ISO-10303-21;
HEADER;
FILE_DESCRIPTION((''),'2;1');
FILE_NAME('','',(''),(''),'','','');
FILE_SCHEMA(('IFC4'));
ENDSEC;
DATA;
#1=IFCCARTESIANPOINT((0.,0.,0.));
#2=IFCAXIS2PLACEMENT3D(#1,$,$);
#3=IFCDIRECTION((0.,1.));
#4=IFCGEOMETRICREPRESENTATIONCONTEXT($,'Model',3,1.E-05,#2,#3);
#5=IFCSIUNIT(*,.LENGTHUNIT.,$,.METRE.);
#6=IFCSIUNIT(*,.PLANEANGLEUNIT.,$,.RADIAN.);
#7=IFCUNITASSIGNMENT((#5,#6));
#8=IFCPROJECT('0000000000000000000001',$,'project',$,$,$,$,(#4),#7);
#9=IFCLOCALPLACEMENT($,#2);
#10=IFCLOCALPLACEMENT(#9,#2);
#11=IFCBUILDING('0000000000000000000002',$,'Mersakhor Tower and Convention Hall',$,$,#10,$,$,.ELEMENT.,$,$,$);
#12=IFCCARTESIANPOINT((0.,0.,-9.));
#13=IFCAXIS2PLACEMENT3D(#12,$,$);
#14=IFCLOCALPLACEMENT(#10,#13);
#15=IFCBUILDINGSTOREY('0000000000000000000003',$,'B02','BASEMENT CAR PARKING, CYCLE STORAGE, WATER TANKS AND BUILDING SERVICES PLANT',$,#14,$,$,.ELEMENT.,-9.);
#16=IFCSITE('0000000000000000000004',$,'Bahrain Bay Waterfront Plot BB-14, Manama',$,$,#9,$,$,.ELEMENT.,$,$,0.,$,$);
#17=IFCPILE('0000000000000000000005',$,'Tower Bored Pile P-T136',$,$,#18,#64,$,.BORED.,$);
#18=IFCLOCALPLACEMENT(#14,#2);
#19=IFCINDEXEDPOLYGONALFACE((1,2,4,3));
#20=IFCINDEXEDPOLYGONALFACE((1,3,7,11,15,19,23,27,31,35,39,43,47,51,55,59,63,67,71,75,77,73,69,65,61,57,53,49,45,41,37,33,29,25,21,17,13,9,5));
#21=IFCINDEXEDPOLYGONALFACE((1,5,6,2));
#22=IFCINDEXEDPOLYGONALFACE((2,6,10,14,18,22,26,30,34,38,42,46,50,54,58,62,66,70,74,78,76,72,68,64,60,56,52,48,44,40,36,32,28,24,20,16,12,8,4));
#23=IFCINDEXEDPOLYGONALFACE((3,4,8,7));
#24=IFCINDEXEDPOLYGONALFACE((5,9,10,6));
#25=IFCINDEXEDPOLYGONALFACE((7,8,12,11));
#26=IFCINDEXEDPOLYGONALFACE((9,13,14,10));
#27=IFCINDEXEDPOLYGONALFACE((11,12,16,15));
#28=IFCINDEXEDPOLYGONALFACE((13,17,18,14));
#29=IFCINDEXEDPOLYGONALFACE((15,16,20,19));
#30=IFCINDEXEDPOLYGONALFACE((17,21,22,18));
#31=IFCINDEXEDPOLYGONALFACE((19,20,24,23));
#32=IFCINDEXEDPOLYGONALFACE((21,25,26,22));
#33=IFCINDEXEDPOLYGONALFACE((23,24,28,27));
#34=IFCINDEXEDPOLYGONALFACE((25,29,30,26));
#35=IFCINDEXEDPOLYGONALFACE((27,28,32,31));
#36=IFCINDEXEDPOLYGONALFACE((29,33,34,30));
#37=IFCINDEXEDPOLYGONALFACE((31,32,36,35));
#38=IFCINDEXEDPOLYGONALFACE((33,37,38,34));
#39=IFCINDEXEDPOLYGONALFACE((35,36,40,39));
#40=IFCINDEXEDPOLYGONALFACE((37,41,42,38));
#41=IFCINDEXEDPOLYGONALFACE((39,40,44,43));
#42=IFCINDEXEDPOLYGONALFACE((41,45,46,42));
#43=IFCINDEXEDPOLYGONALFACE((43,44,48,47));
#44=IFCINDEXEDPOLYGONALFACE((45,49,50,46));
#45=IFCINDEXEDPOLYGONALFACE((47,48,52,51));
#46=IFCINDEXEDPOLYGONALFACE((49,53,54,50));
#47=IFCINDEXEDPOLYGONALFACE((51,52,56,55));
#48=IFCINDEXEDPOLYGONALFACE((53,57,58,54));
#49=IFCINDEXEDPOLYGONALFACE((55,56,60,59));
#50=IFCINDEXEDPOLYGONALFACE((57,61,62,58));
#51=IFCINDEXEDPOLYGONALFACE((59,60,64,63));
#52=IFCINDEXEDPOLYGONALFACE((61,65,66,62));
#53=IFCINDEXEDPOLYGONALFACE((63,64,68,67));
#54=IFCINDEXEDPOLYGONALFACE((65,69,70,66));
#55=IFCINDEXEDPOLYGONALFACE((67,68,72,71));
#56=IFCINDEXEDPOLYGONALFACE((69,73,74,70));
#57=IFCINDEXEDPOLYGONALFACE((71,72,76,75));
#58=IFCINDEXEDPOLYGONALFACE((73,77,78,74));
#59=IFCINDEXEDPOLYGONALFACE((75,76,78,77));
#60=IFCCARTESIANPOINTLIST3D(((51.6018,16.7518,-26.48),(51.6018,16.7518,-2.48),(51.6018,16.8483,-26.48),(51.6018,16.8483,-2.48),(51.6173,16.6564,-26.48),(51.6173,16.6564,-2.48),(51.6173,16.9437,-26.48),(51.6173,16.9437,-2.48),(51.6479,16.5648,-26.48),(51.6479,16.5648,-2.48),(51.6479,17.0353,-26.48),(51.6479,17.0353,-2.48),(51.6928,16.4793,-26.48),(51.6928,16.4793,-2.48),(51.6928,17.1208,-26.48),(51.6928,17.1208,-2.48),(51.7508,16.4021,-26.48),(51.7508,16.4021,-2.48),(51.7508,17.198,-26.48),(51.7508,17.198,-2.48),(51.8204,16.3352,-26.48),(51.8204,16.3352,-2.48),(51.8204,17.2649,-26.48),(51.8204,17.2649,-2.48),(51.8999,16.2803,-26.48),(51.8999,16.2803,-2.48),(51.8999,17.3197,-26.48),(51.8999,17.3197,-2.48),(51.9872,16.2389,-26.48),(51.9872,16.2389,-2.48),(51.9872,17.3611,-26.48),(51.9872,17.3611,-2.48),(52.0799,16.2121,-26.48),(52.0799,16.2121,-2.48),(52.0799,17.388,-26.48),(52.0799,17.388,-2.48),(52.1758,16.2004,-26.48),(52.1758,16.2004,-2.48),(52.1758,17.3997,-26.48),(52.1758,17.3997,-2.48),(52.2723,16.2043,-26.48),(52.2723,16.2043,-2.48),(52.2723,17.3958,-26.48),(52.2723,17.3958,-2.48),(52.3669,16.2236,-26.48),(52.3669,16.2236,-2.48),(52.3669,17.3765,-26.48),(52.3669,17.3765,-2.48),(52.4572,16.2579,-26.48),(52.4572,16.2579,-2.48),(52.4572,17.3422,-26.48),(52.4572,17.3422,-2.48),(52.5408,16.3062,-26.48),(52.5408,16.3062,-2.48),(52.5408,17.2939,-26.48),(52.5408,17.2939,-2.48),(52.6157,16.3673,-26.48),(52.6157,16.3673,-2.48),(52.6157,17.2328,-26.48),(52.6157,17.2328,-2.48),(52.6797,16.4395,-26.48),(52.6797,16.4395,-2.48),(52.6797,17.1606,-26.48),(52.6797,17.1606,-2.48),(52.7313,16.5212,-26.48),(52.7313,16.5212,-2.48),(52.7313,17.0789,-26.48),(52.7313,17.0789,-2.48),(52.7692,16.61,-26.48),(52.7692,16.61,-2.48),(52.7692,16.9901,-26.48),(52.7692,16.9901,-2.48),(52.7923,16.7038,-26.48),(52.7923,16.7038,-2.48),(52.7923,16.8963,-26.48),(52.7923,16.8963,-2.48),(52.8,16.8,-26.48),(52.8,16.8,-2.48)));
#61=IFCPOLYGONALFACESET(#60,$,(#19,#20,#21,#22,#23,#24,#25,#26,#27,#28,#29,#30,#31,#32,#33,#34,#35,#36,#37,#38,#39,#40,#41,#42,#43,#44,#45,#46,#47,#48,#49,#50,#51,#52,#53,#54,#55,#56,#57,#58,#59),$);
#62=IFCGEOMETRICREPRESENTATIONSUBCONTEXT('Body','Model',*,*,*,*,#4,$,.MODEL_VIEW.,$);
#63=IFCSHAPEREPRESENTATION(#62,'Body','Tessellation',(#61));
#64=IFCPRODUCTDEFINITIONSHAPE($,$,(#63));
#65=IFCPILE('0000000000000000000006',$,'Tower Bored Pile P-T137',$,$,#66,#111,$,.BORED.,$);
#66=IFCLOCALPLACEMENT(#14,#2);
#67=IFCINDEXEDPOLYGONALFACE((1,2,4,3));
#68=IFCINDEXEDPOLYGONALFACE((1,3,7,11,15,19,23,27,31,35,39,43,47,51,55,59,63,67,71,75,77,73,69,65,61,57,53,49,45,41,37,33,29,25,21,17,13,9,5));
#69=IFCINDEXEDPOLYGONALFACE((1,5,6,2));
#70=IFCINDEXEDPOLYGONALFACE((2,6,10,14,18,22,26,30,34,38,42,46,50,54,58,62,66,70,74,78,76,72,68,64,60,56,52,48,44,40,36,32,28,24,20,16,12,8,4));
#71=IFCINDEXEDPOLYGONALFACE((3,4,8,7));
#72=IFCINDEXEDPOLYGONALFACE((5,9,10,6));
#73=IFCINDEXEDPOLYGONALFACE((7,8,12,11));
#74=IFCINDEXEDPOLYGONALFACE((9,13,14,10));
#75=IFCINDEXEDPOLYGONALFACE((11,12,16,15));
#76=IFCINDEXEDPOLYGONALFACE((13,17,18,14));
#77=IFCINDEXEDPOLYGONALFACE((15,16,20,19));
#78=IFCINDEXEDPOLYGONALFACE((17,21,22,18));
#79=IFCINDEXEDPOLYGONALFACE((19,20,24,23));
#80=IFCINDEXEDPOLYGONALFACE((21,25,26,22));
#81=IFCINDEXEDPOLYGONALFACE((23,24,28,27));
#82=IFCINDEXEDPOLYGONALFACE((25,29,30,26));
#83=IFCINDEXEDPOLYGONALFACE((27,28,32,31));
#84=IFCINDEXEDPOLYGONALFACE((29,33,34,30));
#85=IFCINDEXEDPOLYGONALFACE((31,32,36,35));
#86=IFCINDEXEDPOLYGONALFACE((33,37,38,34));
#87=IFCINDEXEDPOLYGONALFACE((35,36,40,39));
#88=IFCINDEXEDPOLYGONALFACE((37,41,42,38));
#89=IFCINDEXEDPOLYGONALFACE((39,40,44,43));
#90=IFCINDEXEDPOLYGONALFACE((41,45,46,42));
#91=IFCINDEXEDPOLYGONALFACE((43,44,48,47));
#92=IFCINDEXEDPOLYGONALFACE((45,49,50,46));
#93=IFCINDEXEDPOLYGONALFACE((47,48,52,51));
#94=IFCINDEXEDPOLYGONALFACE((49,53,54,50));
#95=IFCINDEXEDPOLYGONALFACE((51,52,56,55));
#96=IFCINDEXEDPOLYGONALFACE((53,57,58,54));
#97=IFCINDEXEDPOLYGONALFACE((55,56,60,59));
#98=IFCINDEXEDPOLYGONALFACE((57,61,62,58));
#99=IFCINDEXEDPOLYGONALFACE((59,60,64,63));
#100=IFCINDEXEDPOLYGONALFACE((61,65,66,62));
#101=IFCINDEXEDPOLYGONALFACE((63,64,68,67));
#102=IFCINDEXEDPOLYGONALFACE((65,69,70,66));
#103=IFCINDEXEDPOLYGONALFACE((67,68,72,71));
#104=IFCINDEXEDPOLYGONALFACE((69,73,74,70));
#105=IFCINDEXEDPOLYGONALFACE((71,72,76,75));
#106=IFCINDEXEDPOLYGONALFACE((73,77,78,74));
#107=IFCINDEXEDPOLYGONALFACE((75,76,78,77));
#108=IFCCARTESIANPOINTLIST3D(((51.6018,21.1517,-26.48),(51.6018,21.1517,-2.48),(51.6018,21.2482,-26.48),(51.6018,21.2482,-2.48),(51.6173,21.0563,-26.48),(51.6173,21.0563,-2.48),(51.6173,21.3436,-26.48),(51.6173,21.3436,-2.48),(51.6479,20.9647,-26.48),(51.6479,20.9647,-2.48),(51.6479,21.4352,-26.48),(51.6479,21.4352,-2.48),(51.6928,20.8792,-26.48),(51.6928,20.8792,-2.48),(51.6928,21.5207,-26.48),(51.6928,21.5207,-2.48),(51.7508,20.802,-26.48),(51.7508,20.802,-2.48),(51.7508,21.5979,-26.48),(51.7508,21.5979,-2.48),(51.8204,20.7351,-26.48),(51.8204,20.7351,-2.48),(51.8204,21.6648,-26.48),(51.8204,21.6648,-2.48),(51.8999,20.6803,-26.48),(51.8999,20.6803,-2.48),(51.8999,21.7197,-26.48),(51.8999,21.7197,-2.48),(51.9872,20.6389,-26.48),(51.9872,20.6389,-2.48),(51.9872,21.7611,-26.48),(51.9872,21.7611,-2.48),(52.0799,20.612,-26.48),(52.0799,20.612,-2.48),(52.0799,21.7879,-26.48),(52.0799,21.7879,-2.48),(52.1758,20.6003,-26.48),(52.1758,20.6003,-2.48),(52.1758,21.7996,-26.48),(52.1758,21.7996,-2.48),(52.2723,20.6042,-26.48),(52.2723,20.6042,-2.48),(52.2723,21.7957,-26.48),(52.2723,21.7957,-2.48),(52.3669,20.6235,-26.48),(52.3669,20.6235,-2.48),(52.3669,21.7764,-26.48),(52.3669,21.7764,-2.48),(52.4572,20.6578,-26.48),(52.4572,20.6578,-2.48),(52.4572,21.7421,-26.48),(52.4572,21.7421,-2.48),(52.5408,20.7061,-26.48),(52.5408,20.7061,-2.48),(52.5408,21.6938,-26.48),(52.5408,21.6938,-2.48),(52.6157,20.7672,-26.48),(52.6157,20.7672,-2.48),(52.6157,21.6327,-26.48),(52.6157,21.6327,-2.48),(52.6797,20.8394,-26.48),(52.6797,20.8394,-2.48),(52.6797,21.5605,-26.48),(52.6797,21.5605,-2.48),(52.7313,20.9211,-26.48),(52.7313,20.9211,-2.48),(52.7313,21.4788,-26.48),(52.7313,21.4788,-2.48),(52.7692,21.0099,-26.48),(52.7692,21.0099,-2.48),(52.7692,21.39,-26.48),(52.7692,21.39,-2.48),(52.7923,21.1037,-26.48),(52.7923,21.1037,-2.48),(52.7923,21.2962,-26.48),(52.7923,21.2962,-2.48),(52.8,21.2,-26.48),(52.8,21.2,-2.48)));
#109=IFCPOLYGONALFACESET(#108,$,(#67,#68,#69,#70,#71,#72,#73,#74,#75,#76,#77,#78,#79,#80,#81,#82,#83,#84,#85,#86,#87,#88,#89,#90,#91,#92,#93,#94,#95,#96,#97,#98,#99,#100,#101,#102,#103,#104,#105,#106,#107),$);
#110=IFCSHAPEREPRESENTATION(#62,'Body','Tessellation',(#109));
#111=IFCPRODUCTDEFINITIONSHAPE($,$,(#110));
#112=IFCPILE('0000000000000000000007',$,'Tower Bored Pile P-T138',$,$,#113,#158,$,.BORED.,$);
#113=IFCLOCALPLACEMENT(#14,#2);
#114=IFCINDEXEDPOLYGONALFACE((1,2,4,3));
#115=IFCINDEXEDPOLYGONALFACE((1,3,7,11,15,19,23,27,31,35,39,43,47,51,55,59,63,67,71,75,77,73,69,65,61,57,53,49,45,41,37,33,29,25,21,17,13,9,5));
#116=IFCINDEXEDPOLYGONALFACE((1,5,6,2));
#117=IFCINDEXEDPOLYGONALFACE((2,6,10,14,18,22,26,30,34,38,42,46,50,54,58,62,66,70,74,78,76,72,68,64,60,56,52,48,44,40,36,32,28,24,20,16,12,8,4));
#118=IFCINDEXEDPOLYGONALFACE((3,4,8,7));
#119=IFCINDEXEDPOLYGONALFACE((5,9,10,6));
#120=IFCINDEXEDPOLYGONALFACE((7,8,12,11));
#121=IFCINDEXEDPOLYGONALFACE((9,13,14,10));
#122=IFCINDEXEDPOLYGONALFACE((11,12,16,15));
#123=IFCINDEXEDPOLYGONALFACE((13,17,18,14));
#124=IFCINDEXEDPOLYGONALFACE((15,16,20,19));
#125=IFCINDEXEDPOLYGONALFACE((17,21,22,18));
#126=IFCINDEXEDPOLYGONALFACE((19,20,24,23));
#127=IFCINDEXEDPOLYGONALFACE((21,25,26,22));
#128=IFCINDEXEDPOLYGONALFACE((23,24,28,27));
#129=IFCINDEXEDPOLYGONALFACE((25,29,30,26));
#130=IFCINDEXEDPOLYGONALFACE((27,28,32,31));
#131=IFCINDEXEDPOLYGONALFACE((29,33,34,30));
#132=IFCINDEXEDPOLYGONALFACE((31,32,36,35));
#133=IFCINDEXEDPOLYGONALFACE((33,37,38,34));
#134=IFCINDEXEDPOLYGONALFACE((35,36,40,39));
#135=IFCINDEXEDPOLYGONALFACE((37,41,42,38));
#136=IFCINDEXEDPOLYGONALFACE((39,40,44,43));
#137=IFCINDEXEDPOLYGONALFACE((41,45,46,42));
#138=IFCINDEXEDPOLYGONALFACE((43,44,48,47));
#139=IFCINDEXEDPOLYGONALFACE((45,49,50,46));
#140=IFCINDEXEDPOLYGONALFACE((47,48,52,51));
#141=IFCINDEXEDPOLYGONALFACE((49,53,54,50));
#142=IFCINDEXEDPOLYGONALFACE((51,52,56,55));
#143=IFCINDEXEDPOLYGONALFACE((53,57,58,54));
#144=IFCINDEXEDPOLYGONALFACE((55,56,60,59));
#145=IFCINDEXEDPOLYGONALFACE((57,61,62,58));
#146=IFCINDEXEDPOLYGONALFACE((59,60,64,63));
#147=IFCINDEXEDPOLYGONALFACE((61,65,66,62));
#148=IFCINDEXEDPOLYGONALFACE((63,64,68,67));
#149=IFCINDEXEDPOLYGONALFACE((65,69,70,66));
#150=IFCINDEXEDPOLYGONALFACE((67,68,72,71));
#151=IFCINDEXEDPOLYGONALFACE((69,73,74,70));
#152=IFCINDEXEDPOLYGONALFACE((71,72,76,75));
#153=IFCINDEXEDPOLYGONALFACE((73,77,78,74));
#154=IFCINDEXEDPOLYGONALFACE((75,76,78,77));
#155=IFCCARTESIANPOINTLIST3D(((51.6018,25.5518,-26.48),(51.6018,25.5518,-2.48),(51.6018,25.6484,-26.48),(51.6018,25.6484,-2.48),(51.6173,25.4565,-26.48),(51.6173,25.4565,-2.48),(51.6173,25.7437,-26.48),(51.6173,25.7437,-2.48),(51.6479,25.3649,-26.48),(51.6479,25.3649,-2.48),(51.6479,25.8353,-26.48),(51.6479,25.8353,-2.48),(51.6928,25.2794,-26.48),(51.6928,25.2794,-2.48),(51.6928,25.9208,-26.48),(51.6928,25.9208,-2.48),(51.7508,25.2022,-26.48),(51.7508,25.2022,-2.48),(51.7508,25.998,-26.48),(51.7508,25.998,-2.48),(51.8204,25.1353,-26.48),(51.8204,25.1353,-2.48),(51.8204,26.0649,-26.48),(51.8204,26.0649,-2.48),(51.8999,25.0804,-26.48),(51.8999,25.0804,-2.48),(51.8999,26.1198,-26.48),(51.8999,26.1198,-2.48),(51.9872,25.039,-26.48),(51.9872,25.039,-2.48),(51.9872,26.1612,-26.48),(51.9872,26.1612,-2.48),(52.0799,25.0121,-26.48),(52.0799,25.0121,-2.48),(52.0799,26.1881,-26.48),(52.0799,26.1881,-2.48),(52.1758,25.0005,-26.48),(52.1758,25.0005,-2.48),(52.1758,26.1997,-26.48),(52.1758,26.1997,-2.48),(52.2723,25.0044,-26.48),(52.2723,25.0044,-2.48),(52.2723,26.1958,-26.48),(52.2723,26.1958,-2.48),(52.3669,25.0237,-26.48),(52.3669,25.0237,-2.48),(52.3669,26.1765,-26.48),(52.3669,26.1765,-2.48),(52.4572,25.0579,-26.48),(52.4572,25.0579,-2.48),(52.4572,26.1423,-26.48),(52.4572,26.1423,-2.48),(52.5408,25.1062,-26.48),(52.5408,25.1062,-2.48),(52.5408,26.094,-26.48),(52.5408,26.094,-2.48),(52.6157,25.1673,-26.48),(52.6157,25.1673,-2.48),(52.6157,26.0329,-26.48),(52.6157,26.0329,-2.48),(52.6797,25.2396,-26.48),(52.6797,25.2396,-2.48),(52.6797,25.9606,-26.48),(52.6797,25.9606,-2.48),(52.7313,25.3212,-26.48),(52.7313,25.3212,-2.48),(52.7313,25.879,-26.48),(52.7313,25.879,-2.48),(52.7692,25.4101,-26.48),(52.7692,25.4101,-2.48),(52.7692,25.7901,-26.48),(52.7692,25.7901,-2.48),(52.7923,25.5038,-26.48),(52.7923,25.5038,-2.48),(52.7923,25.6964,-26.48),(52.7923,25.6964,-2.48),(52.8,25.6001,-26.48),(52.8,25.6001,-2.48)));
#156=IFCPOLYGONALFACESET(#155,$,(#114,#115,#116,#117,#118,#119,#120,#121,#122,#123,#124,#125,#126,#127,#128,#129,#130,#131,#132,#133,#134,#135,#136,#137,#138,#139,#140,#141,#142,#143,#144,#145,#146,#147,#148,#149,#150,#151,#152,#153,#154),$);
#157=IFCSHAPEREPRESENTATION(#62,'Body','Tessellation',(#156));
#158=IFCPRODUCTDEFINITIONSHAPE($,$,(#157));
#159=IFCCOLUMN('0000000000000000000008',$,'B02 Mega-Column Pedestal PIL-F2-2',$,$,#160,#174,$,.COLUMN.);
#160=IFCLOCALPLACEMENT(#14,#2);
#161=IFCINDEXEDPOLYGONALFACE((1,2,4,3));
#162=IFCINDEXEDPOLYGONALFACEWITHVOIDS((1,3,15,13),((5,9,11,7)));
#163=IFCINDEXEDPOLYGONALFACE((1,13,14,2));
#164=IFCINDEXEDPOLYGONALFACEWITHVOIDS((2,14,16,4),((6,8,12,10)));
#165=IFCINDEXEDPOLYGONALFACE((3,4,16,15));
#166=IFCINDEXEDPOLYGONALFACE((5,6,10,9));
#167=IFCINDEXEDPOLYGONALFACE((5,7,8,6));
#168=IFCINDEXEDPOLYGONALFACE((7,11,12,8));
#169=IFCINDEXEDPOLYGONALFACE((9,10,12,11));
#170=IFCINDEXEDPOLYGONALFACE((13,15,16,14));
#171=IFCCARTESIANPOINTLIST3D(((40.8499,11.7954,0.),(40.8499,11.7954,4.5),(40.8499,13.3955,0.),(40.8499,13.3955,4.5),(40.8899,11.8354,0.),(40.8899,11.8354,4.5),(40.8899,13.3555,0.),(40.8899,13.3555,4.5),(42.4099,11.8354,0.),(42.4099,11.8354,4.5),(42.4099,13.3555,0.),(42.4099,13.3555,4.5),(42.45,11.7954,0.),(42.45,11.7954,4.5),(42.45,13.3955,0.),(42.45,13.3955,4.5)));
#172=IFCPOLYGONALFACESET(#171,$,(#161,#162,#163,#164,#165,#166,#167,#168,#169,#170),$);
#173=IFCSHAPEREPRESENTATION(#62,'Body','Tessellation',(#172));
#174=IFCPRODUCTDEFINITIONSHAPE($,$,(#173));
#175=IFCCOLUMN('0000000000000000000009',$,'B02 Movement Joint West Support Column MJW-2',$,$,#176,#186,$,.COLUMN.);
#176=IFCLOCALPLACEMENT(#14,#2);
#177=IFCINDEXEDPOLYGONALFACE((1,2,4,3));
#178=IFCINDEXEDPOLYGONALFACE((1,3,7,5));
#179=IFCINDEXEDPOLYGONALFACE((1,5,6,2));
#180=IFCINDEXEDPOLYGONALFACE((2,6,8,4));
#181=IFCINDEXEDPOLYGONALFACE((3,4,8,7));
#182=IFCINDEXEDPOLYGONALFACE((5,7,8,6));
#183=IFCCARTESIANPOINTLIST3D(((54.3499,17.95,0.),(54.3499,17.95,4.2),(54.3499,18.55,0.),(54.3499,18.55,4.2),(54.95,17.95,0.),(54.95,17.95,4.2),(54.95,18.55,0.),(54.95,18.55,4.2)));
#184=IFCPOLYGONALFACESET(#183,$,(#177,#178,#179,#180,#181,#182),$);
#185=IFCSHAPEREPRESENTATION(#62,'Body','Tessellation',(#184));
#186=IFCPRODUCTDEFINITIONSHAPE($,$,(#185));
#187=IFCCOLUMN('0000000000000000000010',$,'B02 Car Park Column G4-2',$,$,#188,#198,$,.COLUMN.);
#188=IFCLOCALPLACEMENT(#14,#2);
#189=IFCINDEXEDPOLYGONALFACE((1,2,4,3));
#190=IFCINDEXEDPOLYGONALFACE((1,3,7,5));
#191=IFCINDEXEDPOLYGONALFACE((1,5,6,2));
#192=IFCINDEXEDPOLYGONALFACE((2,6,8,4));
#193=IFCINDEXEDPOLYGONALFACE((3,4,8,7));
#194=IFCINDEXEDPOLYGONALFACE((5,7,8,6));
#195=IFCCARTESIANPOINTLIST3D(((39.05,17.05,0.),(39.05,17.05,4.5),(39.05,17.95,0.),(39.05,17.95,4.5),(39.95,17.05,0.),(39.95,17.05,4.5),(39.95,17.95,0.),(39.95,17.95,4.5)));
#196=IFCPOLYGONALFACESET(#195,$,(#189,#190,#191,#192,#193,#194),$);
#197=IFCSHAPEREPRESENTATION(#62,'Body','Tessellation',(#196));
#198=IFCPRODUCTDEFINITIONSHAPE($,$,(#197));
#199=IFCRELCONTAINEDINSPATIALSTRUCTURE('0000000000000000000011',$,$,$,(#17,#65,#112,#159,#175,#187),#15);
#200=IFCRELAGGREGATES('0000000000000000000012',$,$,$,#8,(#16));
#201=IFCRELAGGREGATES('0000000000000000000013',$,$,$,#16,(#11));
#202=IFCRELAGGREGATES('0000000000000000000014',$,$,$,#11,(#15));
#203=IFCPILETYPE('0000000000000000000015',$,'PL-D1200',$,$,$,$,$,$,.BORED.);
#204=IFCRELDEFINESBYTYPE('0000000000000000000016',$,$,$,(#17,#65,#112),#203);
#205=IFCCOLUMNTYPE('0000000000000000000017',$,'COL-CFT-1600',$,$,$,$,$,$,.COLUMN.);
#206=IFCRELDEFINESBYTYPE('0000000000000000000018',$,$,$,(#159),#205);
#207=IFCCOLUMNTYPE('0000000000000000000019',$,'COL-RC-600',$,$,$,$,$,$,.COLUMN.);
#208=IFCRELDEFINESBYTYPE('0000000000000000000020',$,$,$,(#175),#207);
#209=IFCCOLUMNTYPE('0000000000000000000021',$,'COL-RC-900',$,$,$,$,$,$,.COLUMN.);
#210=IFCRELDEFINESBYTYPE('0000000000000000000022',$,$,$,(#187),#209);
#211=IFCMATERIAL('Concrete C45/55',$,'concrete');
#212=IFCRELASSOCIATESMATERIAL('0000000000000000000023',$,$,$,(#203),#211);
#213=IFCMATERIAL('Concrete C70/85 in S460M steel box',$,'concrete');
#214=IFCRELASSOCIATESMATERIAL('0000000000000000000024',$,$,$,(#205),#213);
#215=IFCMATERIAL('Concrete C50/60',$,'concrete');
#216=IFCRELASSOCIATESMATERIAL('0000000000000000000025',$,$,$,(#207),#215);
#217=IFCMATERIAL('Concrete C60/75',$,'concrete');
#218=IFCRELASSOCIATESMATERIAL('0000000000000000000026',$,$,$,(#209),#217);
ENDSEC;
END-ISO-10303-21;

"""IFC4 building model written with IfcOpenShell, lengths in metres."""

from ifc_helpers import new_model, si_unit, direction, frame, origin, origin_2d, place, context, subcontext, project, spatial, rectangle, hollow_rectangle, circle, extrude, material, material_profile, profile_set, type_object, element, save


model = new_model("IFC4")

# Units and contexts
model_context = context("Model", 3, precision=1e-05, world=origin(), true_north=direction((0.0, 1.0)))
body_context = subcontext(model_context, "Body", "Model", "MODEL_VIEW")
ifc_project = project(units=[si_unit("LENGTHUNIT", "METRE"), si_unit("PLANEANGLEUNIT", "RADIAN")], contexts=[model_context])

# Site, building, storey
site_placement = place(None, origin())
site = spatial("IfcSite", under=ifc_project, at=site_placement, Name="Bahrain Bay Waterfront Plot BB-14, Manama", CompositionType="ELEMENT", RefElevation=0.0)
building_placement = place(site_placement, origin())
building = spatial("IfcBuilding", under=site, at=building_placement, Name="Mersakhor Tower and Convention Hall", CompositionType="ELEMENT")
storey_placement = place(building_placement, frame((0.0, 0.0, -9.0)))
storey = spatial("IfcBuildingStorey", under=building, at=storey_placement, Name="B02", Description="BASEMENT CAR PARKING, CYCLE STORAGE, WATER TANKS AND BUILDING SERVICES PLANT", CompositionType="ELEMENT", Elevation=-9.0)

# Piles
ifc_material_1 = material(Name="Concrete C45/55", Category="concrete")
ifc_material_profile_1 = material_profile(ifc_material_1, circle(Radius=0.6001, at=origin_2d()), Name="PILE D1200")
ifc_profile_set_1 = profile_set([ifc_material_profile_1], Name="Concrete C45/55")
pile_type_1 = type_object("IfcPileType", Name="PL-D1200", PredefinedType="BORED", material=ifc_profile_set_1)
for number, where, z_axis, x_axis, name in (
    (1, (52.2, 16.8, -2.48), (0.0, 0.0, -1.0), (1.0, 0.0, 0.0), "Tower Bored Pile P-T136"),
    (2, (52.2, 21.2, -2.48), (0.0, 0.0, -1.0), (1.0, 0.0, 0.0), "Tower Bored Pile P-T137"),
    (3, (52.2, 25.6001, -2.48), (0.0, 0.0, -1.0), (1.0, 0.0, 0.0), "Tower Bored Pile P-T138"),
):
    element("IfcPile", number, at=place(storey_placement, frame(where, z_axis=z_axis, x_axis=x_axis)), inside=storey, type_object=pile_type_1, Name=name, PredefinedType="BORED", context=body_context, shape_type="SweptSolid", body=[
        extrude(circle(Radius=0.6001, at=origin_2d()), origin(), (0.0, 0.0, 1.0), 24.0),
    ])

# Columns
ifc_material_2 = material(Name="Concrete C70/85 in S460M steel box", Category="concrete")
ifc_material_profile_2 = material_profile(ifc_material_2, hollow_rectangle(XDim=1.6001, YDim=1.6001, WallThickness=0.04, at=origin_2d()), Name="SHS 1600x1600x40")
ifc_profile_set_2 = profile_set([ifc_material_profile_2], Name="Concrete C70/85 in S460M steel box")
column_type_1 = type_object("IfcColumnType", Name="COL-CFT-1600", PredefinedType="COLUMN", material=ifc_profile_set_2)
column_1_placement = place(storey_placement, frame((41.6499, 12.5955, 0.0), z_axis=(0.0, 0.0, 1.0), x_axis=(1.0, 0.0, 0.0)))
element("IfcColumn", 4, at=column_1_placement, inside=storey, type_object=column_type_1, Name="B02 Mega-Column Pedestal PIL-F2-2", PredefinedType="COLUMN", context=body_context, shape_type="SweptSolid", body=[
    extrude(hollow_rectangle(XDim=1.6001, YDim=1.6001, WallThickness=0.04, at=origin_2d()), origin(), (0.0, 0.0, 1.0), 4.5),
])
ifc_material_3 = material(Name="Concrete C50/60", Category="concrete")
ifc_material_profile_3 = material_profile(ifc_material_3, rectangle(XDim=0.6001, YDim=0.6001, at=origin_2d()), Name="RC 600x600")
ifc_profile_set_3 = profile_set([ifc_material_profile_3], Name="Concrete C50/60")
column_type_2 = type_object("IfcColumnType", Name="COL-RC-600", PredefinedType="COLUMN", material=ifc_profile_set_3)
column_2_placement = place(storey_placement, frame((54.6499, 18.25, 0.0), z_axis=(0.0, 0.0, 1.0), x_axis=(1.0, 0.0, 0.0)))
element("IfcColumn", 5, at=column_2_placement, inside=storey, type_object=column_type_2, Name="B02 Movement Joint West Support Column MJW-2", PredefinedType="COLUMN", context=body_context, shape_type="SweptSolid", body=[
    extrude(rectangle(XDim=0.6001, YDim=0.6001, at=origin_2d()), origin(), (0.0, 0.0, 1.0), 4.2),
])
ifc_material_4 = material(Name="Concrete C60/75", Category="concrete")
ifc_material_profile_4 = material_profile(ifc_material_4, rectangle(XDim=0.8999, YDim=0.8999, at=origin_2d()), Name="RC 900x900")
ifc_profile_set_4 = profile_set([ifc_material_profile_4], Name="Concrete C60/75")
column_type_3 = type_object("IfcColumnType", Name="COL-RC-900", PredefinedType="COLUMN", material=ifc_profile_set_4)
for number, where, z_axis, x_axis, name in (
    (6, (39.5, 17.5, 0.0), (0.0, 0.0, 1.0), (1.0, 0.0, 0.0), "B02 Car Park Column G4-2"),
):
    element("IfcColumn", number, at=place(storey_placement, frame(where, z_axis=z_axis, x_axis=x_axis)), inside=storey, type_object=column_type_3, Name=name, PredefinedType="COLUMN", context=body_context, shape_type="SweptSolid", body=[
        extrude(rectangle(XDim=0.8999, YDim=0.8999, at=origin_2d()), origin(), (0.0, 0.0, 1.0), 4.5),
    ])

save(model, "model.ifc")
